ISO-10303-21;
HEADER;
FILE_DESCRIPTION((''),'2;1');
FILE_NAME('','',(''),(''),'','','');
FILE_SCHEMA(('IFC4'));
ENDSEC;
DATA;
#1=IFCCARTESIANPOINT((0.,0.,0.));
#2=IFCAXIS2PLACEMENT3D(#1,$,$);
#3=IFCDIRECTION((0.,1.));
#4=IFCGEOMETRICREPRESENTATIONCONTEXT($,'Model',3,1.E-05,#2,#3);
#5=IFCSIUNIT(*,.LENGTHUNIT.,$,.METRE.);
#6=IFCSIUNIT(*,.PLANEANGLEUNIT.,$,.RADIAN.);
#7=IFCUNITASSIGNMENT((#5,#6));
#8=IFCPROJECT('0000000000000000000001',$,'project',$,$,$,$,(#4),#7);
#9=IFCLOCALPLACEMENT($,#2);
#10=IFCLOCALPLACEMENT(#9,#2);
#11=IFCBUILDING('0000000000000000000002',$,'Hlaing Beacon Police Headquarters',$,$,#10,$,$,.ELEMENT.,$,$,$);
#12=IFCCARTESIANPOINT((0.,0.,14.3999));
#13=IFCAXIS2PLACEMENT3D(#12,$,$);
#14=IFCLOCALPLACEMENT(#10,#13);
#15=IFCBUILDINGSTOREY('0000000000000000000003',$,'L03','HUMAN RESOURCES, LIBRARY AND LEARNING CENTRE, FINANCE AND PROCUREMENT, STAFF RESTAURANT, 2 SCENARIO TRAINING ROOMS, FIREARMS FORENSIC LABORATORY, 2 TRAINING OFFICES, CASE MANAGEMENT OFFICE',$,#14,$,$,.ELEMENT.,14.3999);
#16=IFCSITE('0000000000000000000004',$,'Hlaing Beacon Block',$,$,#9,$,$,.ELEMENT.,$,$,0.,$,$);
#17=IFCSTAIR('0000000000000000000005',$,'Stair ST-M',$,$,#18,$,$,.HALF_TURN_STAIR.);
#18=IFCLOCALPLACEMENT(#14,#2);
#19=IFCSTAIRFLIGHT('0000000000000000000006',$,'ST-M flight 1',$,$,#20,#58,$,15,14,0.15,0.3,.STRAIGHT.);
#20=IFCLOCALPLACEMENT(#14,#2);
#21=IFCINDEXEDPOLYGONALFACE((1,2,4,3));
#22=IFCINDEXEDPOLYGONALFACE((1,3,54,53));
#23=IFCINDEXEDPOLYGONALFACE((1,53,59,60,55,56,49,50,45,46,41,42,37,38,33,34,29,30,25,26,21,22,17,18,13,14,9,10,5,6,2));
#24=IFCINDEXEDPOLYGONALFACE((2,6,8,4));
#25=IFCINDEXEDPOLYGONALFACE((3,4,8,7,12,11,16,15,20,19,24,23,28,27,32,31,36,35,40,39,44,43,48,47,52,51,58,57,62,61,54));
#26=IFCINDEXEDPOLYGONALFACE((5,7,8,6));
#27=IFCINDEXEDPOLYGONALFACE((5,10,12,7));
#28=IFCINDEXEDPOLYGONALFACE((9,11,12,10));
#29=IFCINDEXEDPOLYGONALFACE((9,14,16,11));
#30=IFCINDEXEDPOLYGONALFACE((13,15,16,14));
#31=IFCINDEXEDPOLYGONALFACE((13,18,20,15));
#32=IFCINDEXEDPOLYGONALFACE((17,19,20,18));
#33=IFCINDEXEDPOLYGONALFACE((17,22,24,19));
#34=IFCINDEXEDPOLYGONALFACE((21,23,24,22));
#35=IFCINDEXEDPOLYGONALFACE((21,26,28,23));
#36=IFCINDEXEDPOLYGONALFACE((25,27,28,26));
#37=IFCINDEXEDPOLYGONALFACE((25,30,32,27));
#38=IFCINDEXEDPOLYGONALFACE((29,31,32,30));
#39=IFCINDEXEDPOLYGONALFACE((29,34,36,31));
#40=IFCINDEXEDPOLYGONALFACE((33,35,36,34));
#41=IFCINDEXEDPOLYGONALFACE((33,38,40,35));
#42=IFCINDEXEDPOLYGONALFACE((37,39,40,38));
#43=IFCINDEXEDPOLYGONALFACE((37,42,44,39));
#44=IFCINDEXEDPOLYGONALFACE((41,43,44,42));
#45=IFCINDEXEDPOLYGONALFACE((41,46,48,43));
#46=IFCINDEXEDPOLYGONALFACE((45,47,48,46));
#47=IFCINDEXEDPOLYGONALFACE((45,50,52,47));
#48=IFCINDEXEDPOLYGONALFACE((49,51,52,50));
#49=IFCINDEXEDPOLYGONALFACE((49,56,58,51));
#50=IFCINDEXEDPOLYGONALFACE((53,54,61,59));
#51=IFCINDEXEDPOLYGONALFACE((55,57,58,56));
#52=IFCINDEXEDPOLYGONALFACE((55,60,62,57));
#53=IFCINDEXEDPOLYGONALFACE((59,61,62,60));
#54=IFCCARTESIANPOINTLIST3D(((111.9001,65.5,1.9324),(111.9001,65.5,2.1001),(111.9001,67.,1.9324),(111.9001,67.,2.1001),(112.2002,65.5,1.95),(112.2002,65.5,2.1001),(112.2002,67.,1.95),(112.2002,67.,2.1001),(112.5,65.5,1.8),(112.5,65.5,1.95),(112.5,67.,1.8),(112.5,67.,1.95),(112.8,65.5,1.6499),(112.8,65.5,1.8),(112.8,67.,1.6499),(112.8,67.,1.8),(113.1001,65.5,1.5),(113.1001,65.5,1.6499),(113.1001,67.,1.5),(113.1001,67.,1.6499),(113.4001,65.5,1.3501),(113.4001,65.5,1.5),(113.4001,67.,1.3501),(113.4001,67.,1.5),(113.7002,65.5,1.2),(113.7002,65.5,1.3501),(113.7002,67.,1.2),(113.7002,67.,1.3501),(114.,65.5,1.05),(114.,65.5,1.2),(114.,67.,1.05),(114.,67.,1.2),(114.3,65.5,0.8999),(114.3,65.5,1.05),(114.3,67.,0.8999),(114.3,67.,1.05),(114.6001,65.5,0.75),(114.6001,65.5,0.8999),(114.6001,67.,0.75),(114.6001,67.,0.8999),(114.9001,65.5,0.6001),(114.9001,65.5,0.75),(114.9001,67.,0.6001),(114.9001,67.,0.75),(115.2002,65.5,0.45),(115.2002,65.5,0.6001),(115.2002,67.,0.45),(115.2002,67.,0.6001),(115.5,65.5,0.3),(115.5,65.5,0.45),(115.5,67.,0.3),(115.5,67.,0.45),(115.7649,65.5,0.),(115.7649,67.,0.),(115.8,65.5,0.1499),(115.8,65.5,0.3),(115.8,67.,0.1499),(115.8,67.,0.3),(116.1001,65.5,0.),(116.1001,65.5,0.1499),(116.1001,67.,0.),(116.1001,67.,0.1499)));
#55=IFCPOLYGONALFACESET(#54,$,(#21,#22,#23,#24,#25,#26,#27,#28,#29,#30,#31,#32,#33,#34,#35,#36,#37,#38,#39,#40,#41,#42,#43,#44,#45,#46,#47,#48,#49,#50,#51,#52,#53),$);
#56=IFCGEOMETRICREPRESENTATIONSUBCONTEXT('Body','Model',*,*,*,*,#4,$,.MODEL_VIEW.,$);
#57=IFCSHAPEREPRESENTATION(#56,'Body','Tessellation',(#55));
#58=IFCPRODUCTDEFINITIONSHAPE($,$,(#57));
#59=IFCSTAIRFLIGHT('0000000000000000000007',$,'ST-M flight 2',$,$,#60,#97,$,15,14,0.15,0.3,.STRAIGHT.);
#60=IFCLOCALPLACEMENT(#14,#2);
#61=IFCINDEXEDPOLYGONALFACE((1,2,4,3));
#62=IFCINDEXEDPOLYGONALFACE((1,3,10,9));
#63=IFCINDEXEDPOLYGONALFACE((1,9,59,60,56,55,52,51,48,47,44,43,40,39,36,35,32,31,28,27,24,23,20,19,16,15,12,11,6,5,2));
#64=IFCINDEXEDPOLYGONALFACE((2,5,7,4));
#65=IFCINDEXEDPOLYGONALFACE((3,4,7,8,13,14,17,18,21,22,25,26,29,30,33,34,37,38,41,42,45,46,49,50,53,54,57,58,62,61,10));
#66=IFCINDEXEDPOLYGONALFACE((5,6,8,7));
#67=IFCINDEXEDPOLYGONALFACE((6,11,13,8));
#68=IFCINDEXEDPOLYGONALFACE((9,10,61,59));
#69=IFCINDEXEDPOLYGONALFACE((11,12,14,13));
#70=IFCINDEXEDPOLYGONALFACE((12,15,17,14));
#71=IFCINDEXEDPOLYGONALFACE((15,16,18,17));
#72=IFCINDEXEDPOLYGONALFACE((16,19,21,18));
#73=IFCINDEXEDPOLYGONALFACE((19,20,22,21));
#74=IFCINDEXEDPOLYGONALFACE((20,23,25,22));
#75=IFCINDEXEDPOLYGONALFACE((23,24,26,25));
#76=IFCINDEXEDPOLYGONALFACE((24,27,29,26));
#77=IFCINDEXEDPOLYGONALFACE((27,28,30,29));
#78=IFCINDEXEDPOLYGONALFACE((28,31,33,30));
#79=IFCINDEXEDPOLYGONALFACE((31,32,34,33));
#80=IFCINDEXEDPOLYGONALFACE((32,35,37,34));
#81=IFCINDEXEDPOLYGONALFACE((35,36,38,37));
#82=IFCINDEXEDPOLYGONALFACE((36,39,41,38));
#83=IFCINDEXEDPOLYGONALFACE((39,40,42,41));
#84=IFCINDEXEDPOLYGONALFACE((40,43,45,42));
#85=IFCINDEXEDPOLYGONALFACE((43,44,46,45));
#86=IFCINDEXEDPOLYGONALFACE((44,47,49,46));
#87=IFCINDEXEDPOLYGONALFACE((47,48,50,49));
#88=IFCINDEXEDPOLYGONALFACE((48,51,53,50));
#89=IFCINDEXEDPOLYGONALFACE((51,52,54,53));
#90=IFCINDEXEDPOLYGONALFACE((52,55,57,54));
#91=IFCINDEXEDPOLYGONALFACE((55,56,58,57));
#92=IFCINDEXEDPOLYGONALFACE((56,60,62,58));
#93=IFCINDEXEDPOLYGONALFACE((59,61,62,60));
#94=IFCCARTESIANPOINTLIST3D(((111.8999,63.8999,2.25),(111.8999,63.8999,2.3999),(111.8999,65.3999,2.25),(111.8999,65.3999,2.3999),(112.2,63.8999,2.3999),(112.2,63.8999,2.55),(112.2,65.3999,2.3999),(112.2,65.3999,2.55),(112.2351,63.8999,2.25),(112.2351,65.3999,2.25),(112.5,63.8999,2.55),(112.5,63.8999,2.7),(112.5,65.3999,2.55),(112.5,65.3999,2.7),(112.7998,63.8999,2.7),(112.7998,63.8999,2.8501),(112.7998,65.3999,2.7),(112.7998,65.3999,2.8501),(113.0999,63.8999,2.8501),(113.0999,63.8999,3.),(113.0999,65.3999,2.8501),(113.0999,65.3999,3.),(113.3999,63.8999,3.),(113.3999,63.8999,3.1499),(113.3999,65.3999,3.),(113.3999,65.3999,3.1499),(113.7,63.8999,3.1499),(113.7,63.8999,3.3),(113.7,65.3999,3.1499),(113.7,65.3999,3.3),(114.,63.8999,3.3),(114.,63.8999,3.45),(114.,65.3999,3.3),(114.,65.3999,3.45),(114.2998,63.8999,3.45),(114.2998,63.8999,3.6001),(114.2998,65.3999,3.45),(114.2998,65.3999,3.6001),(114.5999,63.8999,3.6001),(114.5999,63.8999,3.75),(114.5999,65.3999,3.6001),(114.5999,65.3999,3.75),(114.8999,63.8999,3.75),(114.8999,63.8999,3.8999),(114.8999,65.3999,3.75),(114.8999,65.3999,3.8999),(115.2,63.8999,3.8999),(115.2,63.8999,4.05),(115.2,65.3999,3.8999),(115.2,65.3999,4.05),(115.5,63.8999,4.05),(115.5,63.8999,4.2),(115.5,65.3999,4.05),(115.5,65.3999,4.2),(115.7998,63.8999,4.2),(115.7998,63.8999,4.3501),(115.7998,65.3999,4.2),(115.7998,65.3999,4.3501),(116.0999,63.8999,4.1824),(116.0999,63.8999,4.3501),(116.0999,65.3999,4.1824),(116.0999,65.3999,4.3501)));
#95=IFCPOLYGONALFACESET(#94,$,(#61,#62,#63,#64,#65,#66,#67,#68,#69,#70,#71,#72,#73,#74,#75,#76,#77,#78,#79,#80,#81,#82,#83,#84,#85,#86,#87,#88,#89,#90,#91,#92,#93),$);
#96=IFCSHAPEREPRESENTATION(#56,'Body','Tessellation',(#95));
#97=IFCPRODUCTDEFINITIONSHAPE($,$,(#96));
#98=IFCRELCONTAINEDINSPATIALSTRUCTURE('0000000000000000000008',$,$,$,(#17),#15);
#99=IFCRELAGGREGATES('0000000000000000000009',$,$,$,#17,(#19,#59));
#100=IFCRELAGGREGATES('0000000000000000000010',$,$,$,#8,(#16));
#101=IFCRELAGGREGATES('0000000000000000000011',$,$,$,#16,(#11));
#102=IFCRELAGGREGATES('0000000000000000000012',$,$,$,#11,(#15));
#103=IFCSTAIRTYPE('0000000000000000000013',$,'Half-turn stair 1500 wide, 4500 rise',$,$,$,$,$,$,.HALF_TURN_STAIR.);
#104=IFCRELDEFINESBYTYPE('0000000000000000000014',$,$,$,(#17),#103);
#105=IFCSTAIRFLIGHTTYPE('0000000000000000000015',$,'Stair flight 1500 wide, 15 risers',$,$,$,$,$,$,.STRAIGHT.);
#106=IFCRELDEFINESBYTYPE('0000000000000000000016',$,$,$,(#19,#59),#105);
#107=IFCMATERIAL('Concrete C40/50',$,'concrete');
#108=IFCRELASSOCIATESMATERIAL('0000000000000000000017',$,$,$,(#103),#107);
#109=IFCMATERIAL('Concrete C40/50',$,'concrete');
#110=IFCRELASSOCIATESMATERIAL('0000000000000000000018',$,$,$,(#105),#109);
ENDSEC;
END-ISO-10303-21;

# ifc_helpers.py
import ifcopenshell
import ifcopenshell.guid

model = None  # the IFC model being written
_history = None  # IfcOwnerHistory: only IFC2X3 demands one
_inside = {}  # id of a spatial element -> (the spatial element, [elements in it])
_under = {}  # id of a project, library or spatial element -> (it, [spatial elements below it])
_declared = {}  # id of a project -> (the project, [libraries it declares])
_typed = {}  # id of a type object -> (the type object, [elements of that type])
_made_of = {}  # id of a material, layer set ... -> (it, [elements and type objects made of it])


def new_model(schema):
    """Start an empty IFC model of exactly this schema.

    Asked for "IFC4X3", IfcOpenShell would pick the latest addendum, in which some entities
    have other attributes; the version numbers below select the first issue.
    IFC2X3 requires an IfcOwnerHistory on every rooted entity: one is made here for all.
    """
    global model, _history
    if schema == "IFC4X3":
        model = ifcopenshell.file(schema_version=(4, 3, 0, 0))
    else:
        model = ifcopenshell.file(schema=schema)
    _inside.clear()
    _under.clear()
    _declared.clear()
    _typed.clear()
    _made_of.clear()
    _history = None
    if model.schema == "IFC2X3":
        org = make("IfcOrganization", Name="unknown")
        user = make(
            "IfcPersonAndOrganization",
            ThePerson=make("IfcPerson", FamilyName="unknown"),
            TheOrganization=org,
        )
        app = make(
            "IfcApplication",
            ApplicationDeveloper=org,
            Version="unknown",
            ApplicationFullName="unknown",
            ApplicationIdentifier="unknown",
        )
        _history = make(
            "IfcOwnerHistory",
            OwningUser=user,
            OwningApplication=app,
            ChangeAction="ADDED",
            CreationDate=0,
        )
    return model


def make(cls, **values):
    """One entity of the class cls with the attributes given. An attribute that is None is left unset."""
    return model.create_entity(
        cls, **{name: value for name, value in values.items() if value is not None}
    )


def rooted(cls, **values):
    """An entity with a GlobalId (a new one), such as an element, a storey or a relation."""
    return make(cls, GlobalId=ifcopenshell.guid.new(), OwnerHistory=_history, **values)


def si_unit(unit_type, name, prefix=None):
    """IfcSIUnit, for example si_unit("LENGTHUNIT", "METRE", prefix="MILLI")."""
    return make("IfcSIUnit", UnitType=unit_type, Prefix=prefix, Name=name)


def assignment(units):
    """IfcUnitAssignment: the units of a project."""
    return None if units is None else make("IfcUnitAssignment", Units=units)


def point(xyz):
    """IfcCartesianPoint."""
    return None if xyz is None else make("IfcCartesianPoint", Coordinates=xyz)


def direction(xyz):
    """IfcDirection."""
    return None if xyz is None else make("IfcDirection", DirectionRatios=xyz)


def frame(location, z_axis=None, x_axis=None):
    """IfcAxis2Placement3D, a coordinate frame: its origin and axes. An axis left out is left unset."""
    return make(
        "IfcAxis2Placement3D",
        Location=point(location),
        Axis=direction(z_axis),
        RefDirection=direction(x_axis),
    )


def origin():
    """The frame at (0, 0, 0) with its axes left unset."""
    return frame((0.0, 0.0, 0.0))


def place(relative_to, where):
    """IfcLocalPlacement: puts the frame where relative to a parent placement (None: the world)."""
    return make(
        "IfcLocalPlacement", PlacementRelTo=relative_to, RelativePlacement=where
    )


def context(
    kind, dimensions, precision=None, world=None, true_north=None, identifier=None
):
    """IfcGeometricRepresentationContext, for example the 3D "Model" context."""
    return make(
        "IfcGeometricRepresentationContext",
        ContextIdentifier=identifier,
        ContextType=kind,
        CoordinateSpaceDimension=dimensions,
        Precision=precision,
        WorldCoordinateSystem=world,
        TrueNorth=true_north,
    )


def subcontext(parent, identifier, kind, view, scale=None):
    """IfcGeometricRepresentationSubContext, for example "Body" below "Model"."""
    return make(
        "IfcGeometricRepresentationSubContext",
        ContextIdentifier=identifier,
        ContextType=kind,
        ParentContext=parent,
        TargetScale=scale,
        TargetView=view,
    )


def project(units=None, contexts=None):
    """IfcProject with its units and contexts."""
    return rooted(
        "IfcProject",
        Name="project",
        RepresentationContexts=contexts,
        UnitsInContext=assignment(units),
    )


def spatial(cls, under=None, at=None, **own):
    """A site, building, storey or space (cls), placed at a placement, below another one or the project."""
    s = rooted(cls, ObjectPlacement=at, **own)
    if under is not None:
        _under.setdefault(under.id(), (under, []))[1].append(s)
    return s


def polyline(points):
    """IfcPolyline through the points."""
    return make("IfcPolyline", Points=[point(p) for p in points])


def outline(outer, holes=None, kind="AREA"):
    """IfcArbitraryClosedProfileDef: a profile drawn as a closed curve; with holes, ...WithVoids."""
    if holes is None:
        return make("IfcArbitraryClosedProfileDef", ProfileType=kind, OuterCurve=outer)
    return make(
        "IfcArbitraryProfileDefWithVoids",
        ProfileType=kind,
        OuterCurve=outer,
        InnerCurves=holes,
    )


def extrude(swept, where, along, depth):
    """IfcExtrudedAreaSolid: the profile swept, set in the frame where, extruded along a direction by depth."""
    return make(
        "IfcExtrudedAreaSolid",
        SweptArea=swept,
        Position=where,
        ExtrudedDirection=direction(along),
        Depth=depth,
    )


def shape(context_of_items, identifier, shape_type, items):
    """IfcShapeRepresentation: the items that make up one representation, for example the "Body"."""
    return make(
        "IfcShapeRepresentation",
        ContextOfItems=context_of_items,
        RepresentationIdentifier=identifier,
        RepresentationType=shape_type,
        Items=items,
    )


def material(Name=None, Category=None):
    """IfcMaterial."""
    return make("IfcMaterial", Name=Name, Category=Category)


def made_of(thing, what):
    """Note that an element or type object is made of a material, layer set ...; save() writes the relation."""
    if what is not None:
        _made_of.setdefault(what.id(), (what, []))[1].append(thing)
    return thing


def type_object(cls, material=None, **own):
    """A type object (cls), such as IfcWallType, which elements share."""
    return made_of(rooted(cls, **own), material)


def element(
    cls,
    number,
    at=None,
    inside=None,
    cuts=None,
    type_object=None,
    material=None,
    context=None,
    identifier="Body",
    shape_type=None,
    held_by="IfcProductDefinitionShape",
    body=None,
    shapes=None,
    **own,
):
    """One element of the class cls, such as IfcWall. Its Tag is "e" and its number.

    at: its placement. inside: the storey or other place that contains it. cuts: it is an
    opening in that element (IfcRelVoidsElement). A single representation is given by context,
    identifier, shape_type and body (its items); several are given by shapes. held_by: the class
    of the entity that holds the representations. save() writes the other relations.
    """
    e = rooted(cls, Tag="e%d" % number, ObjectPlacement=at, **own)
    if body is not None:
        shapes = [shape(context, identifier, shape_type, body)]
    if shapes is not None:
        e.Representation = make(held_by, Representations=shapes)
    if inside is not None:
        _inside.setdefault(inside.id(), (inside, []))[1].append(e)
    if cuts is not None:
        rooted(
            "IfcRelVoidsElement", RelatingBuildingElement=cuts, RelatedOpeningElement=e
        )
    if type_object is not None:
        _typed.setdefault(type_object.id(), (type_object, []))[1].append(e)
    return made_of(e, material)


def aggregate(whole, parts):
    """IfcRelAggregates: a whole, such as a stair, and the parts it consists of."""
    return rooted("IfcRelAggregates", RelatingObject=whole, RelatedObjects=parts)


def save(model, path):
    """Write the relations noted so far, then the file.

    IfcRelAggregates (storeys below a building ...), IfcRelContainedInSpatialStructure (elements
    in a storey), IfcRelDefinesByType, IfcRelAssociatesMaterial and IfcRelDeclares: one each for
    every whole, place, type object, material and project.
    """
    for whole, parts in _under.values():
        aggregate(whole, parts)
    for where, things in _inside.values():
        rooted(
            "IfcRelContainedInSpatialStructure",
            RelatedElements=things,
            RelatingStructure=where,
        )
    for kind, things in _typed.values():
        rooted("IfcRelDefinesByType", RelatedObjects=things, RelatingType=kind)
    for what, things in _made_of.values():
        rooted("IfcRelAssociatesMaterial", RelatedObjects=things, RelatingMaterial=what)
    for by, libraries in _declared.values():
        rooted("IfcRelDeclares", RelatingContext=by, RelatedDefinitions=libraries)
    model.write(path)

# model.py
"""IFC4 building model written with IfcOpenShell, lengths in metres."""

from ifc_helpers import new_model, si_unit, direction, frame, origin, place, context, subcontext, project, spatial, polyline, outline, extrude, material, type_object, element, aggregate, save


model = new_model("IFC4")

# Units and contexts
model_context = context("Model", 3, precision=1e-05, world=origin(), true_north=direction((0.0, 1.0)))
body_context = subcontext(model_context, "Body", "Model", "MODEL_VIEW")
ifc_project = project(units=[si_unit("LENGTHUNIT", "METRE"), si_unit("PLANEANGLEUNIT", "RADIAN")], contexts=[model_context])

# Site, building, storey
site_placement = place(None, origin())
site = spatial("IfcSite", under=ifc_project, at=site_placement, Name="Hlaing Beacon Block", CompositionType="ELEMENT", RefElevation=0.0)
building_placement = place(site_placement, origin())
building = spatial("IfcBuilding", under=site, at=building_placement, Name="Hlaing Beacon Police Headquarters", CompositionType="ELEMENT")
storey_placement = place(building_placement, frame((0.0, 0.0, 14.3999)))
storey = spatial("IfcBuildingStorey", under=building, at=storey_placement, Name="L03", Description="HUMAN RESOURCES, LIBRARY AND LEARNING CENTRE, FINANCE AND PROCUREMENT, STAFF RESTAURANT, 2 SCENARIO TRAINING ROOMS, FIREARMS FORENSIC LABORATORY, 2 TRAINING OFFICES, CASE MANAGEMENT OFFICE", CompositionType="ELEMENT", Elevation=14.3999)

# Stair, stair flights
ifc_material_1 = material(Name="Concrete C40/50", Category="concrete")
stair_type = type_object("IfcStairType", Name="Half-turn stair 1500 wide, 4500 rise", PredefinedType="HALF_TURN_STAIR", material=ifc_material_1)
stair_placement = place(storey_placement, origin())
stair = element("IfcStair", 1, at=stair_placement, inside=storey, type_object=stair_type, Name="Stair ST-M", PredefinedType="HALF_TURN_STAIR")
ifc_material_2 = material(Name="Concrete C40/50", Category="concrete")
stair_flight_type = type_object("IfcStairFlightType", Name="Stair flight 1500 wide, 15 risers", PredefinedType="STRAIGHT", material=ifc_material_2)
stair_flight_1_placement = place(storey_placement, frame((116.1001, 66.25, 0.0), z_axis=(0.0, 0.0, 1.0), x_axis=(-1.0, 0.0, 0.0)))
stair_flight_1 = element("IfcStairFlight", 2, at=stair_flight_1_placement, type_object=stair_flight_type, Name="ST-M flight 1", NumberOfRisers=15, NumberOfTreads=14, PredefinedType="STRAIGHT", RiserHeight=0.15, TreadLength=0.3, context=body_context, shape_type="SweptSolid", body=[
    extrude(outline(polyline([(0.0, 0.0), (0.0, 0.1499), (0.3, 0.1499), (0.3, 0.3), (0.6001, 0.3), (0.6001, 0.45), (0.8999, 0.45), (0.8999, 0.6001), (1.2, 0.6001), (1.2, 0.75), (1.5, 0.75), (1.5, 0.8999), (1.8, 0.8999), (1.8, 1.05), (2.1001, 1.05), (2.1001, 1.2), (2.3999, 1.2), (2.3999, 1.3501), (2.7, 1.3501), (2.7, 1.5), (3.0, 1.5), (3.0, 1.6499), (3.3, 1.6499), (3.3, 1.8), (3.6001, 1.8), (3.6001, 1.95), (3.8999, 1.95), (3.8999, 2.1001), (4.2, 2.1001), (4.2, 2.25), (4.2, 1.9324), (0.3352, 0.0), (0.0, 0.0)])), frame((0.0, 0.75, 0.0), z_axis=(0.0, -1.0, 0.0), x_axis=(1.0, 0.0, 0.0)), (0.0, 0.0, 1.0), 1.5),
])
stair_flight_2_placement = place(storey_placement, frame((111.8999, 64.6499, 2.25), z_axis=(0.0, 0.0, 1.0), x_axis=(1.0, 0.0, 0.0)))
stair_flight_2 = element("IfcStairFlight", 3, at=stair_flight_2_placement, type_object=stair_flight_type, Name="ST-M flight 2", NumberOfRisers=15, NumberOfTreads=14, PredefinedType="STRAIGHT", RiserHeight=0.15, TreadLength=0.3, context=body_context, shape_type="SweptSolid", body=[
    extrude(outline(polyline([(0.0, 0.0), (0.0, 0.1499), (0.3, 0.1499), (0.3, 0.3), (0.6001, 0.3), (0.6001, 0.45), (0.8999, 0.45), (0.8999, 0.6001), (1.2, 0.6001), (1.2, 0.75), (1.5, 0.75), (1.5, 0.8999), (1.8, 0.8999), (1.8, 1.05), (2.1001, 1.05), (2.1001, 1.2), (2.3999, 1.2), (2.3999, 1.3501), (2.7, 1.3501), (2.7, 1.5), (3.0, 1.5), (3.0, 1.6499), (3.3, 1.6499), (3.3, 1.8), (3.6001, 1.8), (3.6001, 1.95), (3.8999, 1.95), (3.8999, 2.1001), (4.2, 2.1001), (4.2, 2.25), (4.2, 1.9324), (0.3352, 0.0), (0.0, 0.0)])), frame((0.0, 0.75, 0.0), z_axis=(0.0, -1.0, 0.0), x_axis=(1.0, 0.0, 0.0)), (0.0, 0.0, 1.0), 1.5),
])
aggregate(stair, [stair_flight_1, stair_flight_2])

save(model, "model.ifc")
